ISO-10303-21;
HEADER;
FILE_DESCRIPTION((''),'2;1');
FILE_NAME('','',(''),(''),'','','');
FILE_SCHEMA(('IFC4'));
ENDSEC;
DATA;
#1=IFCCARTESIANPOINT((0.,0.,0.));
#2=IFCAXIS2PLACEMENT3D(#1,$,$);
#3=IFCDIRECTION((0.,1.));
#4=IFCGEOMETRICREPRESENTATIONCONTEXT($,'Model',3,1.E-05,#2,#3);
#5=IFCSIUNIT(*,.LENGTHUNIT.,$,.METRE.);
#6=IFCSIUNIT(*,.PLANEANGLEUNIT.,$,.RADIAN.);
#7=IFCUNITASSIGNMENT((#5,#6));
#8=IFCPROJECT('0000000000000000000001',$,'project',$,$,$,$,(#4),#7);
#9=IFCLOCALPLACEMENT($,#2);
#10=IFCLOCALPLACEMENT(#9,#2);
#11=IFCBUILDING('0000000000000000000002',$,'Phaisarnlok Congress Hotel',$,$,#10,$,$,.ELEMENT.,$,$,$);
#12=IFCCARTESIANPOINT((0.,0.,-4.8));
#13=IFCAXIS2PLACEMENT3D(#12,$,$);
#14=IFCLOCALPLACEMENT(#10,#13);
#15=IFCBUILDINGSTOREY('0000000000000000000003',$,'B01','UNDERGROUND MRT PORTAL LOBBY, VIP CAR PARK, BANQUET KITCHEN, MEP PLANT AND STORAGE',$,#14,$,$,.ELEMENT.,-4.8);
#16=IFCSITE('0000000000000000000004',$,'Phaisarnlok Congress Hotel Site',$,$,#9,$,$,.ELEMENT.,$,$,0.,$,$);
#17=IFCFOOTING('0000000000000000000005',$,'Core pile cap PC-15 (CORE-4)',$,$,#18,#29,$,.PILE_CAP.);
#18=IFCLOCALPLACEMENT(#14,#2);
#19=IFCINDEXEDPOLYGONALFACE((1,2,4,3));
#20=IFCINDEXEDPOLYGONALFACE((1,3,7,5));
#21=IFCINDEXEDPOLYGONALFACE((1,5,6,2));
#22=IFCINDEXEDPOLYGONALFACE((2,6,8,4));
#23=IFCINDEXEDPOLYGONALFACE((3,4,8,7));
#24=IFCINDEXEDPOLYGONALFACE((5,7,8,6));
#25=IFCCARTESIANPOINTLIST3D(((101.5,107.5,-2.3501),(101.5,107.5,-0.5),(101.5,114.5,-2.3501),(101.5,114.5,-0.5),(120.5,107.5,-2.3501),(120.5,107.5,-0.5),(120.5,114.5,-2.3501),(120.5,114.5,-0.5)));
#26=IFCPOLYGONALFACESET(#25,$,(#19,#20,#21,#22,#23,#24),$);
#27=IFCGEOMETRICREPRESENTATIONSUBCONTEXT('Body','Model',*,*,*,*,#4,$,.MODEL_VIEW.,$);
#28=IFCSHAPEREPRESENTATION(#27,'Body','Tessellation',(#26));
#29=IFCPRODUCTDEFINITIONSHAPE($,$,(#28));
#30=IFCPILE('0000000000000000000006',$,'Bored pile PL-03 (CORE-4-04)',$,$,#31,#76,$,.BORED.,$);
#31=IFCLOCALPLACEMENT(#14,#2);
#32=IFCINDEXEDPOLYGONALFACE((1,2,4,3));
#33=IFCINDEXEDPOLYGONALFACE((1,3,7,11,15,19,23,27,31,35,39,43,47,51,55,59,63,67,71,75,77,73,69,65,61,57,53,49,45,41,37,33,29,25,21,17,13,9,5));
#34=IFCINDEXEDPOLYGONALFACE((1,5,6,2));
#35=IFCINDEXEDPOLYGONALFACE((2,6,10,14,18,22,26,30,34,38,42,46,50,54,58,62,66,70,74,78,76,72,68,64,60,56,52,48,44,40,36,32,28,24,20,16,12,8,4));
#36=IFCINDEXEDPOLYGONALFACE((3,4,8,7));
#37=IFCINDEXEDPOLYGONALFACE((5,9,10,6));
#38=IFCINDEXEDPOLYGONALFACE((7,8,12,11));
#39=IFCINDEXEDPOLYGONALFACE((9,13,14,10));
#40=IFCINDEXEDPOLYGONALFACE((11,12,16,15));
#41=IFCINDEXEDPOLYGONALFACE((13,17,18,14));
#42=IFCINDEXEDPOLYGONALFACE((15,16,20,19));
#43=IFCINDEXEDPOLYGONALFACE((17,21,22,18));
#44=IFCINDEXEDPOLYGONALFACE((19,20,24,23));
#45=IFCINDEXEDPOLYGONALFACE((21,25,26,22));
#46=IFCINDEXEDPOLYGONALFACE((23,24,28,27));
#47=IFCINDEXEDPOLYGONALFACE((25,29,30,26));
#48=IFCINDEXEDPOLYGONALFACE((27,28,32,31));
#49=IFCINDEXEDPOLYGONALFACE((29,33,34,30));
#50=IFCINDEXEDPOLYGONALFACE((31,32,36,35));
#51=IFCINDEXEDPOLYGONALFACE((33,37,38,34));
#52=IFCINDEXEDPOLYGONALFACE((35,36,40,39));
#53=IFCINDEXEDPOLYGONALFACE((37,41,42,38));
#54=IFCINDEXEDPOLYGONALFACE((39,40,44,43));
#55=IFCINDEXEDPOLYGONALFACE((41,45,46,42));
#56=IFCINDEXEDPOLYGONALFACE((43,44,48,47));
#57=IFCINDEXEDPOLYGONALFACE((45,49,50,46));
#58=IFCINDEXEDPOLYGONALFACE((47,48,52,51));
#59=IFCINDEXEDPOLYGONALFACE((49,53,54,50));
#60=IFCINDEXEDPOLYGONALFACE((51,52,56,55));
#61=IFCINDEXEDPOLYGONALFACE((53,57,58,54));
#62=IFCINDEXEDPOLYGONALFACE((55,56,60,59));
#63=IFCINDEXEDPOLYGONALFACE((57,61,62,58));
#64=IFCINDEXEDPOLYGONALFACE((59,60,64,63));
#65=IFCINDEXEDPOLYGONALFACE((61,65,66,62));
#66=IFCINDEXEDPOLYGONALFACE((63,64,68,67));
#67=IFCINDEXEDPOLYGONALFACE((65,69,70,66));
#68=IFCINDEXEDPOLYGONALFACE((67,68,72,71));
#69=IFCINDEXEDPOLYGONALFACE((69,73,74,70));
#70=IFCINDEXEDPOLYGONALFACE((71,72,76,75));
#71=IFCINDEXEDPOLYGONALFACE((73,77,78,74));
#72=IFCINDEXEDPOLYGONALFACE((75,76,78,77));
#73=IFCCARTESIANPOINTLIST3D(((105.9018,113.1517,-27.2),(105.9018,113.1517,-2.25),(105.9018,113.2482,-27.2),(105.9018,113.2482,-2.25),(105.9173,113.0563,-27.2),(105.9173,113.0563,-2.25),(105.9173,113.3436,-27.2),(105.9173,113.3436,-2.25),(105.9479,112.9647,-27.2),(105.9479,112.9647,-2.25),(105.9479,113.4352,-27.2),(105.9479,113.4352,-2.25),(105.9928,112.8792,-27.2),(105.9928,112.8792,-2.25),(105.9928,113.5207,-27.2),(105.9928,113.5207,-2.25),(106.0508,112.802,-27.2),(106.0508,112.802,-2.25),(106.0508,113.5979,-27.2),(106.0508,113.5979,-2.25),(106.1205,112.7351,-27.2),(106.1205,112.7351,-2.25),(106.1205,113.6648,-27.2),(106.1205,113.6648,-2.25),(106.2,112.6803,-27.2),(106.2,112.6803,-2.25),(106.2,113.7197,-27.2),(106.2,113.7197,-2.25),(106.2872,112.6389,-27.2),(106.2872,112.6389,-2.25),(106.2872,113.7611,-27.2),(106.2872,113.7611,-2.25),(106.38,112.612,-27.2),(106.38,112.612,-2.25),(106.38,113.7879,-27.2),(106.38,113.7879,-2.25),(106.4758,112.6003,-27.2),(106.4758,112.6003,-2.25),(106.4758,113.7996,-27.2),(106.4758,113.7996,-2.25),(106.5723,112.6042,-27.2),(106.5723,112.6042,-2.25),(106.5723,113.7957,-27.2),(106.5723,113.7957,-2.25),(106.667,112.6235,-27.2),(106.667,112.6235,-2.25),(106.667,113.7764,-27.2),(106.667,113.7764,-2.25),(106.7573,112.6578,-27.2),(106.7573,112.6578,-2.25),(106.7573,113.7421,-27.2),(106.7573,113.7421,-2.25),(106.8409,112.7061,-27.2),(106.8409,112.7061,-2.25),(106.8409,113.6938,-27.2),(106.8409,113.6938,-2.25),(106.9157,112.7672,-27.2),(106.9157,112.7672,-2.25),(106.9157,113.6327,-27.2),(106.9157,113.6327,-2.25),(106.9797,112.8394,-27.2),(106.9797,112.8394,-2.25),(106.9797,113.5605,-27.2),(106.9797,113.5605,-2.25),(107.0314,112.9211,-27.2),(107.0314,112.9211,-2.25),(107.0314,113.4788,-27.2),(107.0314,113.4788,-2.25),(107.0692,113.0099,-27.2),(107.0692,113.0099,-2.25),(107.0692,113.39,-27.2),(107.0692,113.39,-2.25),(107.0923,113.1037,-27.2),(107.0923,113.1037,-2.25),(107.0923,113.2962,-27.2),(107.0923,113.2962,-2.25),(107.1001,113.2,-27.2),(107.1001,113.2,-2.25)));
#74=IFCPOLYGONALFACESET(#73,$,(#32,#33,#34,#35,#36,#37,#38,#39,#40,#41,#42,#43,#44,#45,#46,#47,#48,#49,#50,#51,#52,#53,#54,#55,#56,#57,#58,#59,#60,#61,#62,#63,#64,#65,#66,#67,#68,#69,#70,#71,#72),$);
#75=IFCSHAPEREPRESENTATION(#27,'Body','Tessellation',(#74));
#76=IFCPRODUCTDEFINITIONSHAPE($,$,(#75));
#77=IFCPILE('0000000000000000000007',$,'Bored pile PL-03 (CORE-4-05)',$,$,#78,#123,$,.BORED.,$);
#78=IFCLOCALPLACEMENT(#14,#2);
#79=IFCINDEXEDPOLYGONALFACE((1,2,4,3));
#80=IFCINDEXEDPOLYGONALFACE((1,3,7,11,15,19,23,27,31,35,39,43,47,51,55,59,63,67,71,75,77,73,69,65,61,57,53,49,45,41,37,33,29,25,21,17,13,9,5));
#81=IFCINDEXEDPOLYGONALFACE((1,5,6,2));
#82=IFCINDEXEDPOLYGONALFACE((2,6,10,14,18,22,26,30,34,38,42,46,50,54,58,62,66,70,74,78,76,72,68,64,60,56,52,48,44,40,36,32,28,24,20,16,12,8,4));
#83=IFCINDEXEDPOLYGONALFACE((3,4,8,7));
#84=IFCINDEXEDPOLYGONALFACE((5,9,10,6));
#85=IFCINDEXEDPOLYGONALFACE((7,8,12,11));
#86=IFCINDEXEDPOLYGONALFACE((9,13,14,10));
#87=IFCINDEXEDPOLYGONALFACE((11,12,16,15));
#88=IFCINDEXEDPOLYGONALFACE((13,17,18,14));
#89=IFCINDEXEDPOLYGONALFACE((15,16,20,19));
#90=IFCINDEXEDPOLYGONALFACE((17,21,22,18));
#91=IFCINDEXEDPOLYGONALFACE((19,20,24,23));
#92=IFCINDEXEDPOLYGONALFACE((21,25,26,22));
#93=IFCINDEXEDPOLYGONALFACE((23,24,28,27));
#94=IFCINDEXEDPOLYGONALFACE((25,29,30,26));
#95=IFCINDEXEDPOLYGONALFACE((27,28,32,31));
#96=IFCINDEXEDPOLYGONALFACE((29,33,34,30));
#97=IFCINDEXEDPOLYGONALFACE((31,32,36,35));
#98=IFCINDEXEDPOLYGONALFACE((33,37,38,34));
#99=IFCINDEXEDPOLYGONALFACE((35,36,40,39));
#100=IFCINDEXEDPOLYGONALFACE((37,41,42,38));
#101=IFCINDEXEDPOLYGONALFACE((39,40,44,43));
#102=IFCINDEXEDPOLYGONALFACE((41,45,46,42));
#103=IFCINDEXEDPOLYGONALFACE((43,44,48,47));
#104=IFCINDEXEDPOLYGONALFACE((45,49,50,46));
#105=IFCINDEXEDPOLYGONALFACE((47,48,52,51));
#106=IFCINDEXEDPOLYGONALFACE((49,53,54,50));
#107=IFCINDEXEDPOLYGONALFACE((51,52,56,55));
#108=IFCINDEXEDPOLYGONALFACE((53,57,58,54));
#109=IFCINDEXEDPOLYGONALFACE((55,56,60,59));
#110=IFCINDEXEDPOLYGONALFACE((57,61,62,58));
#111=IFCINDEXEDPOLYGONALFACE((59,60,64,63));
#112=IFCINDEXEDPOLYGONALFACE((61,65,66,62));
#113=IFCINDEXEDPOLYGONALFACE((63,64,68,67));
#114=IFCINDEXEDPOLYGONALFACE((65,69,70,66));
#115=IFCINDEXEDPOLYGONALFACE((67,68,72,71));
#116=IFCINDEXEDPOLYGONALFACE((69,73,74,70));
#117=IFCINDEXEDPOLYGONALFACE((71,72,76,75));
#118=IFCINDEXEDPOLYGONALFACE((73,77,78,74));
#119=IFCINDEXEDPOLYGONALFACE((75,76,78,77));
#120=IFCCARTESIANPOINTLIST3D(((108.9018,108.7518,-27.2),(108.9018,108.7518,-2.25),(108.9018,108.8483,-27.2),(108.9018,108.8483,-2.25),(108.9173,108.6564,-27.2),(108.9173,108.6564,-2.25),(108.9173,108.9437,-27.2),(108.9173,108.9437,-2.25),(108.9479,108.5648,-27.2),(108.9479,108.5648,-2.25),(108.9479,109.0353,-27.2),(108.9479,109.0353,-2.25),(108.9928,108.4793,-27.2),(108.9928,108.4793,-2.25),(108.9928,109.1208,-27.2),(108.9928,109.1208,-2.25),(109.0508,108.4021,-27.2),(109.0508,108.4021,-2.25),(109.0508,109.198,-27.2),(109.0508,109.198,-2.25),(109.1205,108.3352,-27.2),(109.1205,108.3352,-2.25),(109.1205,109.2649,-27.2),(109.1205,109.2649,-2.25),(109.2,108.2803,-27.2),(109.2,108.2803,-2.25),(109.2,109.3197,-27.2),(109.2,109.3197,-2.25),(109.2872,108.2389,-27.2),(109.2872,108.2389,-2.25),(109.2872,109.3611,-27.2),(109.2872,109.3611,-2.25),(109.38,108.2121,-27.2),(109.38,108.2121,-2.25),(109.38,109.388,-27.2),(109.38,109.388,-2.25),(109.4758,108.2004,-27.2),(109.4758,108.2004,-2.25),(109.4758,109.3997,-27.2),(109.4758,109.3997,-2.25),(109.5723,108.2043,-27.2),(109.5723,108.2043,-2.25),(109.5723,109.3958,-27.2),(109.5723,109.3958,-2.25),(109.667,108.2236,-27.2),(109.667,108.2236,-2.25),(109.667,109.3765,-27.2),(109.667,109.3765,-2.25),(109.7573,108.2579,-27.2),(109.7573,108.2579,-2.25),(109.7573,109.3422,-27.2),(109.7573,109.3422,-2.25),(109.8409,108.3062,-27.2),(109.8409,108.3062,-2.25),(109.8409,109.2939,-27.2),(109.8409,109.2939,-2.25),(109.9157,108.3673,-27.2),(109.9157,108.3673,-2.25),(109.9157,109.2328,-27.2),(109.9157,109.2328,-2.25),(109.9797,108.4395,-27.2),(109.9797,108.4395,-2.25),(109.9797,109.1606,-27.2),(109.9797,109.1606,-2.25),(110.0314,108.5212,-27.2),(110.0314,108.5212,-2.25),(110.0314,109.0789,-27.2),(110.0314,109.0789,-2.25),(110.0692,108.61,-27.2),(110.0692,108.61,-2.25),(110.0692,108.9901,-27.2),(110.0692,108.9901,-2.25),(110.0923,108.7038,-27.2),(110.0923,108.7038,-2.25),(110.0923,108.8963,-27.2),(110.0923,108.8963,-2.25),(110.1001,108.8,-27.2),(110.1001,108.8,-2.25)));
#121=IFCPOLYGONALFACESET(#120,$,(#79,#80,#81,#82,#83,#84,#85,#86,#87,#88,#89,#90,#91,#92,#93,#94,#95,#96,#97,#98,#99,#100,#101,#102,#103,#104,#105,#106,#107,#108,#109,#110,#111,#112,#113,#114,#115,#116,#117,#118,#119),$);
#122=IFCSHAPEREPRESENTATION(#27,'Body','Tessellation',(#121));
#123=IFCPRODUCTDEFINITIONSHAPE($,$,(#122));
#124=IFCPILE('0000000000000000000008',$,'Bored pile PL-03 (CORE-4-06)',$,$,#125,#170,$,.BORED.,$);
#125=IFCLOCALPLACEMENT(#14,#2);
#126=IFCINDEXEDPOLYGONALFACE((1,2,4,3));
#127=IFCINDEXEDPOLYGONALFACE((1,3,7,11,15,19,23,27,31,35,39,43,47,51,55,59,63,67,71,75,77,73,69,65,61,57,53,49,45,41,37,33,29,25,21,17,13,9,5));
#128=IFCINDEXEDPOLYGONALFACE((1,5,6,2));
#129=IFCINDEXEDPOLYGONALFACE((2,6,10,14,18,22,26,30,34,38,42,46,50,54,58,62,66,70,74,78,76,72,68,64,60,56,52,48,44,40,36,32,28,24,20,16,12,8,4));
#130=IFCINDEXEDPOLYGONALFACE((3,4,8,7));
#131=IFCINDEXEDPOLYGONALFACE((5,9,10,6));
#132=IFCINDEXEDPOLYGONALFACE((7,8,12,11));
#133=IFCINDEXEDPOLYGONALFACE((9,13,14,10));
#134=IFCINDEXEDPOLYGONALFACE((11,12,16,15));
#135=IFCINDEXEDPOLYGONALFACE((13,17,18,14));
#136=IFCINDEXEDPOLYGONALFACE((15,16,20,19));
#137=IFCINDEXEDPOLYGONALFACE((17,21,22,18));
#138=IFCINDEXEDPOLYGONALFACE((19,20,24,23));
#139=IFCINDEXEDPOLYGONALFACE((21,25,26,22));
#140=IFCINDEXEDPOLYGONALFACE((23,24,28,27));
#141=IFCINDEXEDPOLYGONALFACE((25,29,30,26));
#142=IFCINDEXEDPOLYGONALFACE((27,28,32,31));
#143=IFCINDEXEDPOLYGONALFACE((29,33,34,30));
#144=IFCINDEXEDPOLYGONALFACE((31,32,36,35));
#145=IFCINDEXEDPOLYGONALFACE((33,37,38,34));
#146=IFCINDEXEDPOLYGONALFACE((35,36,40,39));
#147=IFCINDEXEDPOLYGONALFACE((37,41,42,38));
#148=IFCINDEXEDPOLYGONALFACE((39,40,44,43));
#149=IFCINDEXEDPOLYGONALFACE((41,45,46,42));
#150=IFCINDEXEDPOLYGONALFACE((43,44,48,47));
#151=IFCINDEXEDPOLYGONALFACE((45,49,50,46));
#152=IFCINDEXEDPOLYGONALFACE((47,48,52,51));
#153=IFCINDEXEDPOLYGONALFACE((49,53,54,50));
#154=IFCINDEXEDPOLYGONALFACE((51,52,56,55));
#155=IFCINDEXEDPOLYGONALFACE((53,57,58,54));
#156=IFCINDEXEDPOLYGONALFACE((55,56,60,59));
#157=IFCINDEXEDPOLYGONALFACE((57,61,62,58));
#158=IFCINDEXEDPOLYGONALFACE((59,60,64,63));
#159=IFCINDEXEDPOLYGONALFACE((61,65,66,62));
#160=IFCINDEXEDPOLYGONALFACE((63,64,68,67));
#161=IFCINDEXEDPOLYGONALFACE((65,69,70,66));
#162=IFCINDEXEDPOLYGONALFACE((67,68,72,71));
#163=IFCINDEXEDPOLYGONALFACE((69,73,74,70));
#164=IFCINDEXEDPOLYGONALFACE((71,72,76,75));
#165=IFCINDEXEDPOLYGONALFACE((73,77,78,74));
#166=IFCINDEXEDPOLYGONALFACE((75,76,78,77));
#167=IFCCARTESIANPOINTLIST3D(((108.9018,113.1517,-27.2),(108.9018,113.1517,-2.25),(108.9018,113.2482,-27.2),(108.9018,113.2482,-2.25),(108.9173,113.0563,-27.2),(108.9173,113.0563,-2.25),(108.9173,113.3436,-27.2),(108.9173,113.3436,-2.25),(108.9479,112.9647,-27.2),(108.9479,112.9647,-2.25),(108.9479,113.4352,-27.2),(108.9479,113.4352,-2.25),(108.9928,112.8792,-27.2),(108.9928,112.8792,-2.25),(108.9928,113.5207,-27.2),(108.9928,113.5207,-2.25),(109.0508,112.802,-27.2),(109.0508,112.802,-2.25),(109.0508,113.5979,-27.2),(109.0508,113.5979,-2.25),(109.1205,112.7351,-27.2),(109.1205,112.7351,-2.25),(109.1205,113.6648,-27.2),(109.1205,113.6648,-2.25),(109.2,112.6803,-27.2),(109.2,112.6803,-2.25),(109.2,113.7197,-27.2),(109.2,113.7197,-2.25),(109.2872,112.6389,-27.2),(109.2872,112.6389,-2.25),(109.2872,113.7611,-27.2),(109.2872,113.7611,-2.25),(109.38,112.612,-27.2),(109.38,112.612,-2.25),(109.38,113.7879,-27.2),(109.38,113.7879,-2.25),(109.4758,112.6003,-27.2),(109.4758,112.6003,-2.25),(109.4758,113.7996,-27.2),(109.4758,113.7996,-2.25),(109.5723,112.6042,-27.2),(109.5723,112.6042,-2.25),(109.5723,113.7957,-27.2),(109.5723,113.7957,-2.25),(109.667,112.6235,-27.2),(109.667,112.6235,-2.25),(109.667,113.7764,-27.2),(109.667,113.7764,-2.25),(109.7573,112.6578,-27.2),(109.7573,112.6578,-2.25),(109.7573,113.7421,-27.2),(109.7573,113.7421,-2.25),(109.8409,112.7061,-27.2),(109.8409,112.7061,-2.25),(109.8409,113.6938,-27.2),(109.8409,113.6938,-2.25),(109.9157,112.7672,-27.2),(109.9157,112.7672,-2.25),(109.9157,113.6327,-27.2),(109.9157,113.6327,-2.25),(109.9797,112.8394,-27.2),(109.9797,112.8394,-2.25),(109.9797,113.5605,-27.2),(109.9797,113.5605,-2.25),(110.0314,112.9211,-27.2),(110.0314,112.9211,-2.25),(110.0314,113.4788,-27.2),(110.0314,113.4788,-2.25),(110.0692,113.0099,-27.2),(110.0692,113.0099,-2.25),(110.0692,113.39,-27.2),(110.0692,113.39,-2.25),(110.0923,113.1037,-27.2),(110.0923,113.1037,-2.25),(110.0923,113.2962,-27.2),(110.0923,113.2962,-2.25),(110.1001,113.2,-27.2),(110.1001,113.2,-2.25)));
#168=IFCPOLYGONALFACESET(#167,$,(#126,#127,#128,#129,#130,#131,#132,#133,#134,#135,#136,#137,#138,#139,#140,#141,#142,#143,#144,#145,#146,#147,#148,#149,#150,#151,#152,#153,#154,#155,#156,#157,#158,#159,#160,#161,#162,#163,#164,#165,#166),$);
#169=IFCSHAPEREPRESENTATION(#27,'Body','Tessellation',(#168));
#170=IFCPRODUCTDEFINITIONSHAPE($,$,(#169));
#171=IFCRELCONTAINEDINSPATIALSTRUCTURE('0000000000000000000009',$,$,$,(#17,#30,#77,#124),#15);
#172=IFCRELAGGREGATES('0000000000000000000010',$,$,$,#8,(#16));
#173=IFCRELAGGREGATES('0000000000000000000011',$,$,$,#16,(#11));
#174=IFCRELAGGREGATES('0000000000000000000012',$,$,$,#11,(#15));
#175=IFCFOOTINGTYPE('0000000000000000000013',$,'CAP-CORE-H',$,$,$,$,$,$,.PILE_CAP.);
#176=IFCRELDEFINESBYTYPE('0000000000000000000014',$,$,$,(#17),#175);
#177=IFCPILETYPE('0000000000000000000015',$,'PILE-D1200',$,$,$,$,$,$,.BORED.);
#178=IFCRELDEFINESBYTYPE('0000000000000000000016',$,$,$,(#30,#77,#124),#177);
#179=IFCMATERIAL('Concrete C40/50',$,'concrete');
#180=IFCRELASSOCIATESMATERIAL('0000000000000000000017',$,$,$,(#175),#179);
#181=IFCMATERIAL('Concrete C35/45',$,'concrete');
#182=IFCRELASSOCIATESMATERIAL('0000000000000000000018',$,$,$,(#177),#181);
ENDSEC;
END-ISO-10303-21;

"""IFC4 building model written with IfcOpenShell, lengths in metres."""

from ifc_helpers import new_model, si_unit, direction, frame, origin, origin_2d, place, context, subcontext, project, spatial, rectangle, circle, extrude, material, material_profile, profile_set, type_object, element, save


model = new_model("IFC4")

# Units and contexts
model_context = context("Model", 3, precision=1e-05, world=origin(), true_north=direction((0.0, 1.0)))
body_context = subcontext(model_context, "Body", "Model", "MODEL_VIEW")
ifc_project = project(units=[si_unit("LENGTHUNIT", "METRE"), si_unit("PLANEANGLEUNIT", "RADIAN")], contexts=[model_context])

# Site, building, storey
site_placement = place(None, origin())
site = spatial("IfcSite", under=ifc_project, at=site_placement, Name="Phaisarnlok Congress Hotel Site", CompositionType="ELEMENT", RefElevation=0.0)
building_placement = place(site_placement, origin())
building = spatial("IfcBuilding", under=site, at=building_placement, Name="Phaisarnlok Congress Hotel", CompositionType="ELEMENT")
storey_placement = place(building_placement, frame((0.0, 0.0, -4.8)))
storey = spatial("IfcBuildingStorey", under=building, at=storey_placement, Name="B01", Description="UNDERGROUND MRT PORTAL LOBBY, VIP CAR PARK, BANQUET KITCHEN, MEP PLANT AND STORAGE", CompositionType="ELEMENT", Elevation=-4.8)

# Footing
ifc_material_1 = material(Name="Concrete C40/50", Category="concrete")
footing_type = type_object("IfcFootingType", Name="CAP-CORE-H", PredefinedType="PILE_CAP", material=ifc_material_1)
footing_placement = place(storey_placement, frame((111.0, 111.0, -2.3501), z_axis=(0.0, 0.0, 1.0), x_axis=(1.0, 0.0, 0.0)))
element("IfcFooting", 1, at=footing_placement, inside=storey, type_object=footing_type, Name="Core pile cap PC-15 (CORE-4)", PredefinedType="PILE_CAP", context=body_context, shape_type="SweptSolid", body=[
    extrude(rectangle(XDim=19.0, YDim=7.0, at=origin_2d()), origin(), (0.0, 0.0, 1.0), 1.8501),
])

# Piles
ifc_material_2 = material(Name="Concrete C35/45", Category="concrete")
ifc_material_profile_1 = material_profile(ifc_material_2, circle(Radius=0.6001, at=origin_2d()), Name="BORED PILE D1200")
ifc_profile_set_1 = profile_set([ifc_material_profile_1], Name="Concrete C35/45")
pile_type = type_object("IfcPileType", Name="PILE-D1200", PredefinedType="BORED", material=ifc_profile_set_1)
for number, where, z_axis, x_axis, name in (
    (2, (106.5, 113.2, -2.25), (0.0, 0.0, -1.0), (1.0, 0.0, 0.0), "Bored pile PL-03 (CORE-4-04)"),
    (3, (109.5, 108.8, -2.25), (0.0, 0.0, -1.0), (1.0, 0.0, 0.0), "Bored pile PL-03 (CORE-4-05)"),
    (4, (109.5, 113.2, -2.25), (0.0, 0.0, -1.0), (1.0, 0.0, 0.0), "Bored pile PL-03 (CORE-4-06)"),
):
    element("IfcPile", number, at=place(storey_placement, frame(where, z_axis=z_axis, x_axis=x_axis)), inside=storey, type_object=pile_type, Name=name, PredefinedType="BORED", context=body_context, shape_type="SweptSolid", body=[
        extrude(circle(Radius=0.6001, at=origin_2d()), origin(), (0.0, 0.0, 1.0), 24.95),
    ])

save(model, "model.ifc")
